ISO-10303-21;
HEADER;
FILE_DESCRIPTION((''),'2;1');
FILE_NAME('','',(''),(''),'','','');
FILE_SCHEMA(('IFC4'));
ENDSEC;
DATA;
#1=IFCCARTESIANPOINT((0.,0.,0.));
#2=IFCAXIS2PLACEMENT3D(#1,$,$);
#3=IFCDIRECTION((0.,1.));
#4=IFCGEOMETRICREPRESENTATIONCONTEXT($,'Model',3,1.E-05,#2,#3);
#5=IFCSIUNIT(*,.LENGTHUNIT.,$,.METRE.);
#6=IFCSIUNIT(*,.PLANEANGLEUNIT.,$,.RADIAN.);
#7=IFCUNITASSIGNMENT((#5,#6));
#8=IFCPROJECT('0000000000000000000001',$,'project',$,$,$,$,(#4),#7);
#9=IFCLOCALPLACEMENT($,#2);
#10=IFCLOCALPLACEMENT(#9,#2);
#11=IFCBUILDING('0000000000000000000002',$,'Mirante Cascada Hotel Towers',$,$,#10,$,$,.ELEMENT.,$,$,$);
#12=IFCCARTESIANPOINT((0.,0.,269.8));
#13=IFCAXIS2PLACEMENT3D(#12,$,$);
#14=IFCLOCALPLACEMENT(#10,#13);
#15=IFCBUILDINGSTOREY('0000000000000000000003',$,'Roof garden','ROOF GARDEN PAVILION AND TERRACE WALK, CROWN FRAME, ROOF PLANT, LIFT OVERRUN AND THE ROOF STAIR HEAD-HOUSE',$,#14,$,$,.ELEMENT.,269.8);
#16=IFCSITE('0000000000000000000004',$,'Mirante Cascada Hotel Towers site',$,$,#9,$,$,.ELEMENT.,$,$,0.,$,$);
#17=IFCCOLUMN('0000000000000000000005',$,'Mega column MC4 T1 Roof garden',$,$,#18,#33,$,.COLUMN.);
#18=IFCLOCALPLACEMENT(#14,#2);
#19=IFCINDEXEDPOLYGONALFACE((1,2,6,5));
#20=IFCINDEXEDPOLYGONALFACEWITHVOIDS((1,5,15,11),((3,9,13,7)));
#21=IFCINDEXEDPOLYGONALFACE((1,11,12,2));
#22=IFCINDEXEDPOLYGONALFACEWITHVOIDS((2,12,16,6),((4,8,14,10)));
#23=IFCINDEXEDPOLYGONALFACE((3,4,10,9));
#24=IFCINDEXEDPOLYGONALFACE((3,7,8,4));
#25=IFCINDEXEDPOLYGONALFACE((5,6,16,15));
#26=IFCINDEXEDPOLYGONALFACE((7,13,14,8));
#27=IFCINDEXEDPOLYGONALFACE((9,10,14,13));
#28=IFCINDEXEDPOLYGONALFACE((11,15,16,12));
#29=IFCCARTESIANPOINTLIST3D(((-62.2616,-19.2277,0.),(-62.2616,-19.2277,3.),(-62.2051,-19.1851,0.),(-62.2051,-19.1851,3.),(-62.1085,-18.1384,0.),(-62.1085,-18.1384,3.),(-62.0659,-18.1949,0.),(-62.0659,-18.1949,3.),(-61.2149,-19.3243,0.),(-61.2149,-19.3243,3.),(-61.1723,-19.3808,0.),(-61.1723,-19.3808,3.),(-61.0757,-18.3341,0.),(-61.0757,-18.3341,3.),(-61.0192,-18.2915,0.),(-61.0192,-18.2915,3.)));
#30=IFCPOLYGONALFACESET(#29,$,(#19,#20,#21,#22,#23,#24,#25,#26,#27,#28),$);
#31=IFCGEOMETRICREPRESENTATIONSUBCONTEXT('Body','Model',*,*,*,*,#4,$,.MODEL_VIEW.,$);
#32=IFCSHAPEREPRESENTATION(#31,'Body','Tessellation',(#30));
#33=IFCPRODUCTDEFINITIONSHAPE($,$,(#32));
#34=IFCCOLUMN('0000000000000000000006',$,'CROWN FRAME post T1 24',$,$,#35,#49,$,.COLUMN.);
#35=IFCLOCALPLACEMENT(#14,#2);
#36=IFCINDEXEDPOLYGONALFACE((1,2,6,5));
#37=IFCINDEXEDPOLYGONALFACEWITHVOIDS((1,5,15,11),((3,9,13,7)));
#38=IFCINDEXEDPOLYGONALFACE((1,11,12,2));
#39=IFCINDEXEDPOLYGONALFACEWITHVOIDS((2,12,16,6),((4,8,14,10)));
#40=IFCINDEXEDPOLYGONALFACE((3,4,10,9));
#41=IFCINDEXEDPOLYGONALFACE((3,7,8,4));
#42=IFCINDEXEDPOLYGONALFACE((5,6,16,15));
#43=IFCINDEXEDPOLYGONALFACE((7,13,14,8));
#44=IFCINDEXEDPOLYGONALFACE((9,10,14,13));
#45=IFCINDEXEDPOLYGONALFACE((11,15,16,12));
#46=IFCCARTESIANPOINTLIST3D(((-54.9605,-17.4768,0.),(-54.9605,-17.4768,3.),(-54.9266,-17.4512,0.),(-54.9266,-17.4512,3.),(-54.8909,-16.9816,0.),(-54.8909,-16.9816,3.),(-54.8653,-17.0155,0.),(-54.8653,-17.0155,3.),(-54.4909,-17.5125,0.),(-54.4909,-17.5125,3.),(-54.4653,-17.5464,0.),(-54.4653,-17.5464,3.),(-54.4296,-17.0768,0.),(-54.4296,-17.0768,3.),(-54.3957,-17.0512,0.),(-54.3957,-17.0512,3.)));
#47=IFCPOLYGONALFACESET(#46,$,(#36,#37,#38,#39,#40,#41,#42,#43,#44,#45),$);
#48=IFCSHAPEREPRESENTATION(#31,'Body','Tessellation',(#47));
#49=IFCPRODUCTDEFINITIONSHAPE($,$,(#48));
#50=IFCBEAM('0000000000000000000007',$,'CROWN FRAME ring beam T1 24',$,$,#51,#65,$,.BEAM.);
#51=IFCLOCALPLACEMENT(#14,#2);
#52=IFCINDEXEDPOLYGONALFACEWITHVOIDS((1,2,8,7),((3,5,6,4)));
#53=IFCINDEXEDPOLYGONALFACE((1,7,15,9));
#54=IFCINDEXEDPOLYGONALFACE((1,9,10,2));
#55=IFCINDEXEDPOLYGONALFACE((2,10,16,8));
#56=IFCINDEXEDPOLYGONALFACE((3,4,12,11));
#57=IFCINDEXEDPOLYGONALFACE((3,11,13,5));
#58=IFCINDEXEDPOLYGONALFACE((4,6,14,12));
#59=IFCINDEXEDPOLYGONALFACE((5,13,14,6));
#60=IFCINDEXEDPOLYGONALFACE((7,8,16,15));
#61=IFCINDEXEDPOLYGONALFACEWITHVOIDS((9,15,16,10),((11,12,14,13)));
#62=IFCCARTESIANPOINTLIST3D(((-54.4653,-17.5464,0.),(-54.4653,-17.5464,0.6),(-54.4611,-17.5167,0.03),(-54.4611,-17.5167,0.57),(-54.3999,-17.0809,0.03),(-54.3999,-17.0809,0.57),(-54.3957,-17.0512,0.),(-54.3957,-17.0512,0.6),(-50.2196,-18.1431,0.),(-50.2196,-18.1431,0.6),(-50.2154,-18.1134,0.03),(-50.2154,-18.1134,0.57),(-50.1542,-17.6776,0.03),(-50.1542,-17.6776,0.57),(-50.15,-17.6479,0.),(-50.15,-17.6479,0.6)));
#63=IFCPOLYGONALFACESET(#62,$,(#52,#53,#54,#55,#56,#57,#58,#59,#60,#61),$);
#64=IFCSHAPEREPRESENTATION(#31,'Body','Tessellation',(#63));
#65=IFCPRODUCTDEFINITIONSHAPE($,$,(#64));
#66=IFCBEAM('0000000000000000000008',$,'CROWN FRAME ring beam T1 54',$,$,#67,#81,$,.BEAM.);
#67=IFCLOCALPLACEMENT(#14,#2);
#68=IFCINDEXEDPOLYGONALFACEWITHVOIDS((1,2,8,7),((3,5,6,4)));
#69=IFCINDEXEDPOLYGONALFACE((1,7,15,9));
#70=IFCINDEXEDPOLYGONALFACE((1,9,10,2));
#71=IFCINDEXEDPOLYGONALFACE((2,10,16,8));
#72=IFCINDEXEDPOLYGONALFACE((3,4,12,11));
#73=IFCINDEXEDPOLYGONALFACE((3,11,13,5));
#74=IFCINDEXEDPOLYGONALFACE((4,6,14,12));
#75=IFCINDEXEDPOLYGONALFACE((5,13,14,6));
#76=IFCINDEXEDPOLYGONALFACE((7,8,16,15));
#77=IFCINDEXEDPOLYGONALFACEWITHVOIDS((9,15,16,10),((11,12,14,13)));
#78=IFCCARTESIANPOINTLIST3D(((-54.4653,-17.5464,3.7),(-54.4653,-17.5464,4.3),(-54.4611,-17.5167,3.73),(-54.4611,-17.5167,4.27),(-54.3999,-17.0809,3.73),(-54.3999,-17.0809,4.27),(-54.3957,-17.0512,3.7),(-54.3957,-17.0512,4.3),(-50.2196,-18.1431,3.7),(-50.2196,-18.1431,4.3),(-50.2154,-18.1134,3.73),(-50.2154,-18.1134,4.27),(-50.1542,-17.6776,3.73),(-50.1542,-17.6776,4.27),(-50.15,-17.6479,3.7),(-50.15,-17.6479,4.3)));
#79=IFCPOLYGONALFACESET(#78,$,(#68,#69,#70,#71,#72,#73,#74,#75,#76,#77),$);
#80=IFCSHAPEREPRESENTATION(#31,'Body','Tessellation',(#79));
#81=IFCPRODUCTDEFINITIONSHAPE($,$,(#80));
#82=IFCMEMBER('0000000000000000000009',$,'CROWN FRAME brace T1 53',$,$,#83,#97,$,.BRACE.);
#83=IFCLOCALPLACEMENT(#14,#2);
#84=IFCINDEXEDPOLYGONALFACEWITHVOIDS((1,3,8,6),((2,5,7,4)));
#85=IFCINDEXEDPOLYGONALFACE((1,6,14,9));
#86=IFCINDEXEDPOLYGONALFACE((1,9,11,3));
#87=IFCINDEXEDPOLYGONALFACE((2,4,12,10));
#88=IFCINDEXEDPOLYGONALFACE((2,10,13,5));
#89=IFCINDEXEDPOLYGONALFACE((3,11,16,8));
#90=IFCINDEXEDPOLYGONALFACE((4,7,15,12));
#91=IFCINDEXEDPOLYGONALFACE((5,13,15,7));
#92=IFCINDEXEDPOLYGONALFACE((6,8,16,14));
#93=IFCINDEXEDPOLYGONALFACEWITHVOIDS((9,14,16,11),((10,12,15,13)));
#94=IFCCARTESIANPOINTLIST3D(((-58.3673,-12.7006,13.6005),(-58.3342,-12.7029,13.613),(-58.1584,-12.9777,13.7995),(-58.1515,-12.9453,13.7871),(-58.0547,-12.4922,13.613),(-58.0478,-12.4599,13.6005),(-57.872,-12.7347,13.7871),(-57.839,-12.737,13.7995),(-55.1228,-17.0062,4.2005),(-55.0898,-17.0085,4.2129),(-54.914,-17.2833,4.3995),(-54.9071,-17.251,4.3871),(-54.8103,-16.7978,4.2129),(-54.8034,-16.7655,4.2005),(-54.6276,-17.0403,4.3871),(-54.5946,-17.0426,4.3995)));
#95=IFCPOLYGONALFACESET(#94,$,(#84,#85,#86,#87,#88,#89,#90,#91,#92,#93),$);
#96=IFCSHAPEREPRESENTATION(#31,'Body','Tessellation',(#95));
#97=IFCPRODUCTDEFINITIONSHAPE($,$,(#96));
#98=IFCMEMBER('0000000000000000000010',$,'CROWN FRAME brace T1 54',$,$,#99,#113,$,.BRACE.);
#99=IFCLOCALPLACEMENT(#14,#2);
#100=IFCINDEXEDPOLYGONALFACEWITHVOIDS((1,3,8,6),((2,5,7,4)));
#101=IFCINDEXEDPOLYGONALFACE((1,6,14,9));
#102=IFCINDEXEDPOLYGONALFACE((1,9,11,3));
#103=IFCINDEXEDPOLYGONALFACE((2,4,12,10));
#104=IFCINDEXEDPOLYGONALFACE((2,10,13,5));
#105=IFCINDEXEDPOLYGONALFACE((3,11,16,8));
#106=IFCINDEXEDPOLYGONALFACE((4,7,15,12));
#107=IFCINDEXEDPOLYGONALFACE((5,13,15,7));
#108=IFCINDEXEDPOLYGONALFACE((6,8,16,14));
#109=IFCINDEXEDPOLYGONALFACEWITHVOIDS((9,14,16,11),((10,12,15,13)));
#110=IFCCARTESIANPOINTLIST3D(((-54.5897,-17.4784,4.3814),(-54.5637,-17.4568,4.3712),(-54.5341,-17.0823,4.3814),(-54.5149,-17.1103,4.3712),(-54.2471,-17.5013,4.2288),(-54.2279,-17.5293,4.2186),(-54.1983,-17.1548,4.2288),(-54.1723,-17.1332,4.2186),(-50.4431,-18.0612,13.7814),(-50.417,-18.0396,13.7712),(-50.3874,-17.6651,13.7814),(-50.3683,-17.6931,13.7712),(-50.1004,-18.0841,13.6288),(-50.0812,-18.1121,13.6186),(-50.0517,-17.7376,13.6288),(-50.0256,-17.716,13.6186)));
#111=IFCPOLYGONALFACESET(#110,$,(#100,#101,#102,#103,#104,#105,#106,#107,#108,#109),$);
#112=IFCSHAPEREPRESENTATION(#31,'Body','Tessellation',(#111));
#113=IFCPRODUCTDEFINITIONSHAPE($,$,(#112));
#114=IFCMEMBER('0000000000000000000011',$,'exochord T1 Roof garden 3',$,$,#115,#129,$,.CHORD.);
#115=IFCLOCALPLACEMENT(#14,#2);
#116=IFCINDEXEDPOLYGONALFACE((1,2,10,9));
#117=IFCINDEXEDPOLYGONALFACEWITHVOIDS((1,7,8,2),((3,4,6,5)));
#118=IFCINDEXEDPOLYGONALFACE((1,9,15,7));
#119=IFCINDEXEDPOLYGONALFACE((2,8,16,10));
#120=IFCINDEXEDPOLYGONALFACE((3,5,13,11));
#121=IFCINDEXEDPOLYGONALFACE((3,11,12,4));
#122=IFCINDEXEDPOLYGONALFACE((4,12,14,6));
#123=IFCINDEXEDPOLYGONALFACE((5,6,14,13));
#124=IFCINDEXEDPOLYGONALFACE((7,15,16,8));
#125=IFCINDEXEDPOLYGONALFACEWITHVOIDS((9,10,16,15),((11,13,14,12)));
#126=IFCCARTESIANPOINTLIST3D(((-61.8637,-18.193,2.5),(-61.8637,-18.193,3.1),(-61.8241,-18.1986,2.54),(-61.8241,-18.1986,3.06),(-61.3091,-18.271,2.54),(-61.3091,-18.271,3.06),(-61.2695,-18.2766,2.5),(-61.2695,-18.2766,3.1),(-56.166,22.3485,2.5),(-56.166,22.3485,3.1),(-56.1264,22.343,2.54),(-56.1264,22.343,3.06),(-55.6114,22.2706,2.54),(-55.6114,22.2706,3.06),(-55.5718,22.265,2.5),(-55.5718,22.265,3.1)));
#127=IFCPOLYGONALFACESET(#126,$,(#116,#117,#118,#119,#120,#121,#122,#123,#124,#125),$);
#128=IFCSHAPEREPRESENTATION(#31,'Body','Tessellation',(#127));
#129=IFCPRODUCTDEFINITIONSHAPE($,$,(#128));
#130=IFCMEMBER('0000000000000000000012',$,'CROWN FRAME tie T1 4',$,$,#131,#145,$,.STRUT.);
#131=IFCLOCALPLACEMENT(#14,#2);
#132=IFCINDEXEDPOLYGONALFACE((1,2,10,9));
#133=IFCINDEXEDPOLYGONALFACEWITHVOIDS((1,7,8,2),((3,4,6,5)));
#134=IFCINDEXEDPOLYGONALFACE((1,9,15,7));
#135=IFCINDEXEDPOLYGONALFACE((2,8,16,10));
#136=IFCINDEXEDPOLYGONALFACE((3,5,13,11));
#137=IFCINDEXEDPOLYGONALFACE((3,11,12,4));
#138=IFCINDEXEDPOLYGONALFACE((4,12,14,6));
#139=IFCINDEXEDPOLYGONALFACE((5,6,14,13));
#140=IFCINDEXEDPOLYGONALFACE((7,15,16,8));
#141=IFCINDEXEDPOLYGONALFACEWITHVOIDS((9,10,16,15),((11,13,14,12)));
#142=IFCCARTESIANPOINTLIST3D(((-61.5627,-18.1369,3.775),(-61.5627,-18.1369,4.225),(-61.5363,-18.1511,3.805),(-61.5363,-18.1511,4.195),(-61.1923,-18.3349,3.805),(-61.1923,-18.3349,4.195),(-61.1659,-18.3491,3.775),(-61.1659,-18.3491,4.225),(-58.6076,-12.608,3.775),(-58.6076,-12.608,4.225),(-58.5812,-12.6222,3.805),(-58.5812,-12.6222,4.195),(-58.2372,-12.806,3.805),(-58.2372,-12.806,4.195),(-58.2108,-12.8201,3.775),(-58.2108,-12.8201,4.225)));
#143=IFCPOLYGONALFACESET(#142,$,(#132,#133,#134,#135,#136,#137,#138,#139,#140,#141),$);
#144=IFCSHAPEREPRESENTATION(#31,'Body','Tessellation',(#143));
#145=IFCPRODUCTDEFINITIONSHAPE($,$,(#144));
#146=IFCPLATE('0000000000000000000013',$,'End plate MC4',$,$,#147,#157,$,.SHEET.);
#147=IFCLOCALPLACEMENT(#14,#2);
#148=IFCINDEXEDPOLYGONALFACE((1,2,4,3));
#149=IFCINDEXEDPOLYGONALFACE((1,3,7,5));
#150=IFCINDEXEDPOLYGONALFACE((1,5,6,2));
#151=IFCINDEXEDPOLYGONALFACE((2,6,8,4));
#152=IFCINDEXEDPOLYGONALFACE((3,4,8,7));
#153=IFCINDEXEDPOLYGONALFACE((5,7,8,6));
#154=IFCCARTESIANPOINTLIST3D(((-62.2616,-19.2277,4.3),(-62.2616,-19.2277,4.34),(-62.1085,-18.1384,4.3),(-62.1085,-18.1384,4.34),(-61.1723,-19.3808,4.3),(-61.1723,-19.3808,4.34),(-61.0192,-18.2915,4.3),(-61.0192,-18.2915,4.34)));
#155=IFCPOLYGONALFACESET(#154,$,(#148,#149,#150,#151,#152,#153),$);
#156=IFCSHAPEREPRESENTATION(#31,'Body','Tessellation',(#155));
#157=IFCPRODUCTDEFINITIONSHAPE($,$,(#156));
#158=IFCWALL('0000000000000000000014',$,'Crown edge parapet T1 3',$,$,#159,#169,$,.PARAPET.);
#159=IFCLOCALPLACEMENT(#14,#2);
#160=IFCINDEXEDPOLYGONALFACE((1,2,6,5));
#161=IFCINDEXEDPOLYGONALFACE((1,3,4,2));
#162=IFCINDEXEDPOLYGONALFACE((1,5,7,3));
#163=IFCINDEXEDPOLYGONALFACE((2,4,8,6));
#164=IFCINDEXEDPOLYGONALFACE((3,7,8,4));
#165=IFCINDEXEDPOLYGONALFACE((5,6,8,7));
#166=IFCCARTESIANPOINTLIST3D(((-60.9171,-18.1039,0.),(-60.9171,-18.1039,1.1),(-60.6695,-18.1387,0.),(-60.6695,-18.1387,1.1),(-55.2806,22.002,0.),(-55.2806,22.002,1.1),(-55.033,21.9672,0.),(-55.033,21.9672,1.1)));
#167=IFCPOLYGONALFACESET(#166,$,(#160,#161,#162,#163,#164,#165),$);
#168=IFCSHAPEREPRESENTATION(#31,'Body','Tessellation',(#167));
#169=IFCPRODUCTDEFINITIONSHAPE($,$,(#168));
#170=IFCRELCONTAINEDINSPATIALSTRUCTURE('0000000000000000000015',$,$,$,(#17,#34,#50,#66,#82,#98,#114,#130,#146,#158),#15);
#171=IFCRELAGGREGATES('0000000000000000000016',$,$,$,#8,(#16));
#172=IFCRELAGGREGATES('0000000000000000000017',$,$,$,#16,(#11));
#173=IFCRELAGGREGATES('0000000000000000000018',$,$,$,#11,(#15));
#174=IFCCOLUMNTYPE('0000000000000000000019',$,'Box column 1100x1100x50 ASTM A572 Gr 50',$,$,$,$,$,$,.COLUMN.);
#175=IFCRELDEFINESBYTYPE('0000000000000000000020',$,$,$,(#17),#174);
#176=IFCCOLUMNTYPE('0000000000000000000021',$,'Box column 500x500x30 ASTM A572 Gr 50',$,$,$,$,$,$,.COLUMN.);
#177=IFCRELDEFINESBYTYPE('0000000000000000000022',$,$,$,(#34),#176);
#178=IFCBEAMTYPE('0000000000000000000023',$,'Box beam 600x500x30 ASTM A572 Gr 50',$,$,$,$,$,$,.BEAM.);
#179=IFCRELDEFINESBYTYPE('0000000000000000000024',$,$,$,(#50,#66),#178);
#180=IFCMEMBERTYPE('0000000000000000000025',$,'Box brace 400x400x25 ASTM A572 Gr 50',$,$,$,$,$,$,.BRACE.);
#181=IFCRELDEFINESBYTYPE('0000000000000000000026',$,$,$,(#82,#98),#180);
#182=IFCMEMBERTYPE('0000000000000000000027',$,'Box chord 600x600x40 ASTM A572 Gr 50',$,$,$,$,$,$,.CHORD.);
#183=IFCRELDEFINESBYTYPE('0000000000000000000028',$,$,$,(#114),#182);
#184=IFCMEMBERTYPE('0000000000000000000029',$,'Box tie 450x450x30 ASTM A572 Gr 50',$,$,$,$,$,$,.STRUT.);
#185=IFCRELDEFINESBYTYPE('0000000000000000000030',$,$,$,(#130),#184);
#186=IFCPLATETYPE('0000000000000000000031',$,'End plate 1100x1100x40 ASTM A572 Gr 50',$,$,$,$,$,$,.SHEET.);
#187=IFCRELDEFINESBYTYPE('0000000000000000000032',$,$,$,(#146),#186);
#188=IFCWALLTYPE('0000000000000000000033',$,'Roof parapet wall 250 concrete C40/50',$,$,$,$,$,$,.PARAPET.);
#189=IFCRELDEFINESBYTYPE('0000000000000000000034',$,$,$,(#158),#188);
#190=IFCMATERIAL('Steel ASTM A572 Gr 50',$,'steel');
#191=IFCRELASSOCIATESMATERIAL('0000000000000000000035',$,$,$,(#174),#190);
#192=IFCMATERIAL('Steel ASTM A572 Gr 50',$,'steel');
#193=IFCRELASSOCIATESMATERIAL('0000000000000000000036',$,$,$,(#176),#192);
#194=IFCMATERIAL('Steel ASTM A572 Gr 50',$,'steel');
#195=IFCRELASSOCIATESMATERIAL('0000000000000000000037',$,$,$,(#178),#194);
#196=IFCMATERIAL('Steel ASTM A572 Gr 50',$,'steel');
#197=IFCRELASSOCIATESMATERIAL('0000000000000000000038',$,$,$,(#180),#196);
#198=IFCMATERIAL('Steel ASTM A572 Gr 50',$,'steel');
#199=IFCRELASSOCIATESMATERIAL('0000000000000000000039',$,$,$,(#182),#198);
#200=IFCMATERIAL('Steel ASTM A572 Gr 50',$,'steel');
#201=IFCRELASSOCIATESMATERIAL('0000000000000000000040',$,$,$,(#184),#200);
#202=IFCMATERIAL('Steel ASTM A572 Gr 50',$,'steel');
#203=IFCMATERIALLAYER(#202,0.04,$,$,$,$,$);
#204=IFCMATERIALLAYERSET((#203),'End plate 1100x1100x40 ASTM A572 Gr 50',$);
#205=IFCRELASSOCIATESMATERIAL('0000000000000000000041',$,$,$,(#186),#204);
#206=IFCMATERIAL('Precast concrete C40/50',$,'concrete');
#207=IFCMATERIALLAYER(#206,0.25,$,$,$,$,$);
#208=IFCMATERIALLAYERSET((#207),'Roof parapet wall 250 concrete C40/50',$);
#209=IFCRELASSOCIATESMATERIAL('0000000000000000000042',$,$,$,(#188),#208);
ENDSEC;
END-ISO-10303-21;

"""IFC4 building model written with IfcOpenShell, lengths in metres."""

from ifc_helpers import new_model, si_unit, direction, frame, frame_2d, origin, origin_2d, place, context, subcontext, project, spatial, rectangle, hollow_rectangle, extrude, material, layer, layer_set, material_profile, profile_set, type_object, element, save


model = new_model("IFC4")

# Units and contexts
model_context = context("Model", 3, precision=1e-05, world=origin(), true_north=direction((0.0, 1.0)))
body_context = subcontext(model_context, "Body", "Model", "MODEL_VIEW")
ifc_project = project(units=[si_unit("LENGTHUNIT", "METRE"), si_unit("PLANEANGLEUNIT", "RADIAN")], contexts=[model_context])

# Site, building, storey
site_placement = place(None, origin())
site = spatial("IfcSite", under=ifc_project, at=site_placement, Name="Mirante Cascada Hotel Towers site", CompositionType="ELEMENT", RefElevation=0.0)
building_placement = place(site_placement, origin())
building = spatial("IfcBuilding", under=site, at=building_placement, Name="Mirante Cascada Hotel Towers", CompositionType="ELEMENT")
storey_placement = place(building_placement, frame((0.0, 0.0, 269.8)))
storey = spatial("IfcBuildingStorey", under=building, at=storey_placement, Name="Roof garden", Description="ROOF GARDEN PAVILION AND TERRACE WALK, CROWN FRAME, ROOF PLANT, LIFT OVERRUN AND THE ROOF STAIR HEAD-HOUSE", CompositionType="ELEMENT", Elevation=269.8)

# Columns
ifc_material_1 = material(Name="Steel ASTM A572 Gr 50", Category="steel")
ifc_material_profile_1 = material_profile(ifc_material_1, hollow_rectangle(XDim=1.1, YDim=1.1, WallThickness=0.05, at=origin_2d()), Name="Box column 1100x1100x50 ASTM A572 Gr 50")
ifc_profile_set_1 = profile_set([ifc_material_profile_1], Name="Steel ASTM A572 Gr 50")
column_type_1 = type_object("IfcColumnType", Name="Box column 1100x1100x50 ASTM A572 Gr 50", PredefinedType="COLUMN", material=ifc_profile_set_1)
column_1_placement = place(storey_placement, frame((-61.6404, -18.7596, 0.0), z_axis=(0.0, 0.0, 1.0), x_axis=(-0.990268, 0.139173, 0.0)))
element("IfcColumn", 1, at=column_1_placement, inside=storey, type_object=column_type_1, Name="Mega column MC4 T1 Roof garden", PredefinedType="COLUMN", context=body_context, shape_type="SweptSolid", body=[
    extrude(hollow_rectangle(XDim=1.1, YDim=1.1, WallThickness=0.05, at=origin_2d()), origin(), (0.0, 0.0, 1.0), 3.0),
])
ifc_material_2 = material(Name="Steel ASTM A572 Gr 50", Category="steel")
ifc_material_profile_2 = material_profile(ifc_material_2, hollow_rectangle(XDim=0.5, YDim=0.5, WallThickness=0.03, at=origin_2d()), Name="Box column 500x500x30 ASTM A572 Gr 50")
ifc_profile_set_2 = profile_set([ifc_material_profile_2], Name="Steel ASTM A572 Gr 50")
column_type_2 = type_object("IfcColumnType", Name="Box column 500x500x30 ASTM A572 Gr 50", PredefinedType="COLUMN", material=ifc_profile_set_2)
column_2_placement = place(storey_placement, frame((-54.6781, -17.264, 0.0), z_axis=(0.0, 0.0, 1.0), x_axis=(-0.990268, 0.139173, 0.0)))
element("IfcColumn", 2, at=column_2_placement, inside=storey, type_object=column_type_2, Name="CROWN FRAME post T1 24", PredefinedType="COLUMN", context=body_context, shape_type="SweptSolid", body=[
    extrude(hollow_rectangle(XDim=0.5, YDim=0.5, WallThickness=0.03, at=origin_2d()), origin(), (0.0, 0.0, 1.0), 3.0),
])

# Beams
ifc_material_3 = material(Name="Steel ASTM A572 Gr 50", Category="steel")
ifc_material_profile_3 = material_profile(ifc_material_3, hollow_rectangle(XDim=0.5, YDim=0.6, WallThickness=0.03, at=origin_2d()), Name="Box beam 600x500x30 ASTM A572 Gr 50")
ifc_profile_set_3 = profile_set([ifc_material_profile_3], Name="Steel ASTM A572 Gr 50")
beam_type = type_object("IfcBeamType", Name="Box beam 600x500x30 ASTM A572 Gr 50", PredefinedType="BEAM", material=ifc_profile_set_3)
for number, where, z_axis, x_axis, name in (
    (3, (-54.4305, -17.2988, 0.3), (0.990268, -0.139174, 0.0), (0.139174, 0.990268, 0.0), "CROWN FRAME ring beam T1 24"),
    (4, (-54.4305, -17.2988, 4.0), (0.990268, -0.139174, 0.0), (0.139174, 0.990268, 0.0), "CROWN FRAME ring beam T1 54"),
):
    element("IfcBeam", number, at=place(storey_placement, frame(where, z_axis=z_axis, x_axis=x_axis)), inside=storey, type_object=beam_type, Name=name, PredefinedType="BEAM", context=body_context, shape_type="SweptSolid", body=[
        extrude(hollow_rectangle(XDim=0.5, YDim=0.6, WallThickness=0.03, at=origin_2d()), origin(), (0.0, 0.0, 1.0), 4.2874),
    ])

# Members
ifc_material_4 = material(Name="Steel ASTM A572 Gr 50", Category="steel")
ifc_material_profile_4 = material_profile(ifc_material_4, hollow_rectangle(XDim=0.4, YDim=0.4, WallThickness=0.025, at=origin_2d()), Name="Box brace 400x400x25 ASTM A572 Gr 50")
ifc_profile_set_4 = profile_set([ifc_material_profile_4], Name="Steel ASTM A572 Gr 50")
member_type_1 = type_object("IfcMemberType", Name="Box brace 400x400x25 ASTM A572 Gr 50", PredefinedType="BRACE", material=ifc_profile_set_4)
member_1_placement = place(storey_placement, frame((-54.8587, -17.0244, 4.3), z_axis=(-0.299403, 0.397333, 0.867459), x_axis=(-0.798645, -0.601803, 0.0)))
element("IfcMember", 5, at=member_1_placement, inside=storey, type_object=member_type_1, Name="CROWN FRAME brace T1 53", PredefinedType="BRACE", context=body_context, shape_type="SweptSolid", body=[
    extrude(hollow_rectangle(XDim=0.4, YDim=0.4, WallThickness=0.025, at=origin_2d()), origin(), (0.0, 0.0, 1.0), 10.8363),
])
member_2_placement = place(storey_placement, frame((-54.381, -17.3058, 4.3), z_axis=(0.402963, -0.056635, 0.913462), x_axis=(0.139178, 0.990267, 0.0)))
element("IfcMember", 6, at=member_2_placement, inside=storey, type_object=member_type_1, Name="CROWN FRAME brace T1 54", PredefinedType="BRACE", context=body_context, shape_type="SweptSolid", body=[
    extrude(hollow_rectangle(XDim=0.4, YDim=0.4, WallThickness=0.025, at=origin_2d()), origin(), (0.0, 0.0, 1.0), 10.2905),
])
ifc_material_5 = material(Name="Steel ASTM A572 Gr 50", Category="steel")
ifc_material_profile_5 = material_profile(ifc_material_5, hollow_rectangle(XDim=0.6, YDim=0.6, WallThickness=0.04, at=origin_2d()), Name="Box chord 600x600x40 ASTM A572 Gr 50")
ifc_profile_set_5 = profile_set([ifc_material_profile_5], Name="Steel ASTM A572 Gr 50")
member_type_2 = type_object("IfcMemberType", Name="Box chord 600x600x40 ASTM A572 Gr 50", PredefinedType="CHORD", material=ifc_profile_set_5)
member_3_placement = place(storey_placement, frame((-61.5666, -18.2348, 2.8), z_axis=(0.139172, 0.990268, 0.0), x_axis=(-0.990268, 0.139172, 0.0)))
element("IfcMember", 7, at=member_3_placement, inside=storey, type_object=member_type_2, Name="exochord T1 Roof garden 3", PredefinedType="CHORD", context=body_context, shape_type="SweptSolid", body=[
    extrude(hollow_rectangle(XDim=0.6, YDim=0.6, WallThickness=0.04, at=origin_2d()), origin(), (0.0, 0.0, 1.0), 40.94),
])
ifc_material_6 = material(Name="Steel ASTM A572 Gr 50", Category="steel")
ifc_material_profile_6 = material_profile(ifc_material_6, hollow_rectangle(XDim=0.45, YDim=0.45, WallThickness=0.03, at=origin_2d()), Name="Box tie 450x450x30 ASTM A572 Gr 50")
ifc_profile_set_6 = profile_set([ifc_material_profile_6], Name="Steel ASTM A572 Gr 50")
member_type_3 = type_object("IfcMemberType", Name="Box tie 450x450x30 ASTM A572 Gr 50", PredefinedType="STRUT", material=ifc_profile_set_6)
member_4_placement = place(storey_placement, frame((-61.3643, -18.243, 4.0), z_axis=(0.471377, 0.881932, 0.0), x_axis=(-0.881932, 0.471377, 0.0)))
element("IfcMember", 8, at=member_4_placement, inside=storey, type_object=member_type_3, Name="CROWN FRAME tie T1 4", PredefinedType="STRUT", context=body_context, shape_type="SweptSolid", body=[
    extrude(hollow_rectangle(XDim=0.45, YDim=0.45, WallThickness=0.03, at=origin_2d()), origin(), (0.0, 0.0, 1.0), 6.2691),
])

# Plate
ifc_material_7 = material(Name="Steel ASTM A572 Gr 50", Category="steel")
ifc_layer_1 = layer(ifc_material_7, 0.04)
ifc_layer_set_1 = layer_set([ifc_layer_1], Name="End plate 1100x1100x40 ASTM A572 Gr 50")
plate_type = type_object("IfcPlateType", Name="End plate 1100x1100x40 ASTM A572 Gr 50", PredefinedType="SHEET", material=ifc_layer_set_1)
plate_placement = place(storey_placement, frame((-61.6404, -18.7596, 4.3), z_axis=(0.0, 0.0, 1.0), x_axis=(-0.990268, 0.139173, 0.0)))
element("IfcPlate", 9, at=plate_placement, inside=storey, type_object=plate_type, Name="End plate MC4", PredefinedType="SHEET", context=body_context, shape_type="SweptSolid", body=[
    extrude(rectangle(XDim=1.1, YDim=1.1, at=origin_2d()), origin(), (0.0, 0.0, 1.0), 0.04),
])

# Wall
ifc_material_8 = material(Name="Precast concrete C40/50", Category="concrete")
ifc_layer_2 = layer(ifc_material_8, 0.25)
ifc_layer_set_2 = layer_set([ifc_layer_2], Name="Roof parapet wall 250 concrete C40/50")
wall_type_1 = type_object("IfcWallType", Name="Roof parapet wall 250 concrete C40/50", PredefinedType="PARAPET", material=ifc_layer_set_2)
wall_1_placement = place(storey_placement, frame((-60.7933, -18.1213, 0.0), z_axis=(0.0, 0.0, 1.0), x_axis=(0.139173, 0.990268, 0.0)))
element("IfcWall", 10, at=wall_1_placement, inside=storey, type_object=wall_type_1, Name="Crown edge parapet T1 3", PredefinedType="PARAPET", context=body_context, shape_type="SweptSolid", body=[
    extrude(rectangle(XDim=40.5, YDim=0.25, at=frame_2d((20.25, 0.0))), origin(), (0.0, 0.0, 1.0), 1.1),
])

save(model, "model.ifc")
